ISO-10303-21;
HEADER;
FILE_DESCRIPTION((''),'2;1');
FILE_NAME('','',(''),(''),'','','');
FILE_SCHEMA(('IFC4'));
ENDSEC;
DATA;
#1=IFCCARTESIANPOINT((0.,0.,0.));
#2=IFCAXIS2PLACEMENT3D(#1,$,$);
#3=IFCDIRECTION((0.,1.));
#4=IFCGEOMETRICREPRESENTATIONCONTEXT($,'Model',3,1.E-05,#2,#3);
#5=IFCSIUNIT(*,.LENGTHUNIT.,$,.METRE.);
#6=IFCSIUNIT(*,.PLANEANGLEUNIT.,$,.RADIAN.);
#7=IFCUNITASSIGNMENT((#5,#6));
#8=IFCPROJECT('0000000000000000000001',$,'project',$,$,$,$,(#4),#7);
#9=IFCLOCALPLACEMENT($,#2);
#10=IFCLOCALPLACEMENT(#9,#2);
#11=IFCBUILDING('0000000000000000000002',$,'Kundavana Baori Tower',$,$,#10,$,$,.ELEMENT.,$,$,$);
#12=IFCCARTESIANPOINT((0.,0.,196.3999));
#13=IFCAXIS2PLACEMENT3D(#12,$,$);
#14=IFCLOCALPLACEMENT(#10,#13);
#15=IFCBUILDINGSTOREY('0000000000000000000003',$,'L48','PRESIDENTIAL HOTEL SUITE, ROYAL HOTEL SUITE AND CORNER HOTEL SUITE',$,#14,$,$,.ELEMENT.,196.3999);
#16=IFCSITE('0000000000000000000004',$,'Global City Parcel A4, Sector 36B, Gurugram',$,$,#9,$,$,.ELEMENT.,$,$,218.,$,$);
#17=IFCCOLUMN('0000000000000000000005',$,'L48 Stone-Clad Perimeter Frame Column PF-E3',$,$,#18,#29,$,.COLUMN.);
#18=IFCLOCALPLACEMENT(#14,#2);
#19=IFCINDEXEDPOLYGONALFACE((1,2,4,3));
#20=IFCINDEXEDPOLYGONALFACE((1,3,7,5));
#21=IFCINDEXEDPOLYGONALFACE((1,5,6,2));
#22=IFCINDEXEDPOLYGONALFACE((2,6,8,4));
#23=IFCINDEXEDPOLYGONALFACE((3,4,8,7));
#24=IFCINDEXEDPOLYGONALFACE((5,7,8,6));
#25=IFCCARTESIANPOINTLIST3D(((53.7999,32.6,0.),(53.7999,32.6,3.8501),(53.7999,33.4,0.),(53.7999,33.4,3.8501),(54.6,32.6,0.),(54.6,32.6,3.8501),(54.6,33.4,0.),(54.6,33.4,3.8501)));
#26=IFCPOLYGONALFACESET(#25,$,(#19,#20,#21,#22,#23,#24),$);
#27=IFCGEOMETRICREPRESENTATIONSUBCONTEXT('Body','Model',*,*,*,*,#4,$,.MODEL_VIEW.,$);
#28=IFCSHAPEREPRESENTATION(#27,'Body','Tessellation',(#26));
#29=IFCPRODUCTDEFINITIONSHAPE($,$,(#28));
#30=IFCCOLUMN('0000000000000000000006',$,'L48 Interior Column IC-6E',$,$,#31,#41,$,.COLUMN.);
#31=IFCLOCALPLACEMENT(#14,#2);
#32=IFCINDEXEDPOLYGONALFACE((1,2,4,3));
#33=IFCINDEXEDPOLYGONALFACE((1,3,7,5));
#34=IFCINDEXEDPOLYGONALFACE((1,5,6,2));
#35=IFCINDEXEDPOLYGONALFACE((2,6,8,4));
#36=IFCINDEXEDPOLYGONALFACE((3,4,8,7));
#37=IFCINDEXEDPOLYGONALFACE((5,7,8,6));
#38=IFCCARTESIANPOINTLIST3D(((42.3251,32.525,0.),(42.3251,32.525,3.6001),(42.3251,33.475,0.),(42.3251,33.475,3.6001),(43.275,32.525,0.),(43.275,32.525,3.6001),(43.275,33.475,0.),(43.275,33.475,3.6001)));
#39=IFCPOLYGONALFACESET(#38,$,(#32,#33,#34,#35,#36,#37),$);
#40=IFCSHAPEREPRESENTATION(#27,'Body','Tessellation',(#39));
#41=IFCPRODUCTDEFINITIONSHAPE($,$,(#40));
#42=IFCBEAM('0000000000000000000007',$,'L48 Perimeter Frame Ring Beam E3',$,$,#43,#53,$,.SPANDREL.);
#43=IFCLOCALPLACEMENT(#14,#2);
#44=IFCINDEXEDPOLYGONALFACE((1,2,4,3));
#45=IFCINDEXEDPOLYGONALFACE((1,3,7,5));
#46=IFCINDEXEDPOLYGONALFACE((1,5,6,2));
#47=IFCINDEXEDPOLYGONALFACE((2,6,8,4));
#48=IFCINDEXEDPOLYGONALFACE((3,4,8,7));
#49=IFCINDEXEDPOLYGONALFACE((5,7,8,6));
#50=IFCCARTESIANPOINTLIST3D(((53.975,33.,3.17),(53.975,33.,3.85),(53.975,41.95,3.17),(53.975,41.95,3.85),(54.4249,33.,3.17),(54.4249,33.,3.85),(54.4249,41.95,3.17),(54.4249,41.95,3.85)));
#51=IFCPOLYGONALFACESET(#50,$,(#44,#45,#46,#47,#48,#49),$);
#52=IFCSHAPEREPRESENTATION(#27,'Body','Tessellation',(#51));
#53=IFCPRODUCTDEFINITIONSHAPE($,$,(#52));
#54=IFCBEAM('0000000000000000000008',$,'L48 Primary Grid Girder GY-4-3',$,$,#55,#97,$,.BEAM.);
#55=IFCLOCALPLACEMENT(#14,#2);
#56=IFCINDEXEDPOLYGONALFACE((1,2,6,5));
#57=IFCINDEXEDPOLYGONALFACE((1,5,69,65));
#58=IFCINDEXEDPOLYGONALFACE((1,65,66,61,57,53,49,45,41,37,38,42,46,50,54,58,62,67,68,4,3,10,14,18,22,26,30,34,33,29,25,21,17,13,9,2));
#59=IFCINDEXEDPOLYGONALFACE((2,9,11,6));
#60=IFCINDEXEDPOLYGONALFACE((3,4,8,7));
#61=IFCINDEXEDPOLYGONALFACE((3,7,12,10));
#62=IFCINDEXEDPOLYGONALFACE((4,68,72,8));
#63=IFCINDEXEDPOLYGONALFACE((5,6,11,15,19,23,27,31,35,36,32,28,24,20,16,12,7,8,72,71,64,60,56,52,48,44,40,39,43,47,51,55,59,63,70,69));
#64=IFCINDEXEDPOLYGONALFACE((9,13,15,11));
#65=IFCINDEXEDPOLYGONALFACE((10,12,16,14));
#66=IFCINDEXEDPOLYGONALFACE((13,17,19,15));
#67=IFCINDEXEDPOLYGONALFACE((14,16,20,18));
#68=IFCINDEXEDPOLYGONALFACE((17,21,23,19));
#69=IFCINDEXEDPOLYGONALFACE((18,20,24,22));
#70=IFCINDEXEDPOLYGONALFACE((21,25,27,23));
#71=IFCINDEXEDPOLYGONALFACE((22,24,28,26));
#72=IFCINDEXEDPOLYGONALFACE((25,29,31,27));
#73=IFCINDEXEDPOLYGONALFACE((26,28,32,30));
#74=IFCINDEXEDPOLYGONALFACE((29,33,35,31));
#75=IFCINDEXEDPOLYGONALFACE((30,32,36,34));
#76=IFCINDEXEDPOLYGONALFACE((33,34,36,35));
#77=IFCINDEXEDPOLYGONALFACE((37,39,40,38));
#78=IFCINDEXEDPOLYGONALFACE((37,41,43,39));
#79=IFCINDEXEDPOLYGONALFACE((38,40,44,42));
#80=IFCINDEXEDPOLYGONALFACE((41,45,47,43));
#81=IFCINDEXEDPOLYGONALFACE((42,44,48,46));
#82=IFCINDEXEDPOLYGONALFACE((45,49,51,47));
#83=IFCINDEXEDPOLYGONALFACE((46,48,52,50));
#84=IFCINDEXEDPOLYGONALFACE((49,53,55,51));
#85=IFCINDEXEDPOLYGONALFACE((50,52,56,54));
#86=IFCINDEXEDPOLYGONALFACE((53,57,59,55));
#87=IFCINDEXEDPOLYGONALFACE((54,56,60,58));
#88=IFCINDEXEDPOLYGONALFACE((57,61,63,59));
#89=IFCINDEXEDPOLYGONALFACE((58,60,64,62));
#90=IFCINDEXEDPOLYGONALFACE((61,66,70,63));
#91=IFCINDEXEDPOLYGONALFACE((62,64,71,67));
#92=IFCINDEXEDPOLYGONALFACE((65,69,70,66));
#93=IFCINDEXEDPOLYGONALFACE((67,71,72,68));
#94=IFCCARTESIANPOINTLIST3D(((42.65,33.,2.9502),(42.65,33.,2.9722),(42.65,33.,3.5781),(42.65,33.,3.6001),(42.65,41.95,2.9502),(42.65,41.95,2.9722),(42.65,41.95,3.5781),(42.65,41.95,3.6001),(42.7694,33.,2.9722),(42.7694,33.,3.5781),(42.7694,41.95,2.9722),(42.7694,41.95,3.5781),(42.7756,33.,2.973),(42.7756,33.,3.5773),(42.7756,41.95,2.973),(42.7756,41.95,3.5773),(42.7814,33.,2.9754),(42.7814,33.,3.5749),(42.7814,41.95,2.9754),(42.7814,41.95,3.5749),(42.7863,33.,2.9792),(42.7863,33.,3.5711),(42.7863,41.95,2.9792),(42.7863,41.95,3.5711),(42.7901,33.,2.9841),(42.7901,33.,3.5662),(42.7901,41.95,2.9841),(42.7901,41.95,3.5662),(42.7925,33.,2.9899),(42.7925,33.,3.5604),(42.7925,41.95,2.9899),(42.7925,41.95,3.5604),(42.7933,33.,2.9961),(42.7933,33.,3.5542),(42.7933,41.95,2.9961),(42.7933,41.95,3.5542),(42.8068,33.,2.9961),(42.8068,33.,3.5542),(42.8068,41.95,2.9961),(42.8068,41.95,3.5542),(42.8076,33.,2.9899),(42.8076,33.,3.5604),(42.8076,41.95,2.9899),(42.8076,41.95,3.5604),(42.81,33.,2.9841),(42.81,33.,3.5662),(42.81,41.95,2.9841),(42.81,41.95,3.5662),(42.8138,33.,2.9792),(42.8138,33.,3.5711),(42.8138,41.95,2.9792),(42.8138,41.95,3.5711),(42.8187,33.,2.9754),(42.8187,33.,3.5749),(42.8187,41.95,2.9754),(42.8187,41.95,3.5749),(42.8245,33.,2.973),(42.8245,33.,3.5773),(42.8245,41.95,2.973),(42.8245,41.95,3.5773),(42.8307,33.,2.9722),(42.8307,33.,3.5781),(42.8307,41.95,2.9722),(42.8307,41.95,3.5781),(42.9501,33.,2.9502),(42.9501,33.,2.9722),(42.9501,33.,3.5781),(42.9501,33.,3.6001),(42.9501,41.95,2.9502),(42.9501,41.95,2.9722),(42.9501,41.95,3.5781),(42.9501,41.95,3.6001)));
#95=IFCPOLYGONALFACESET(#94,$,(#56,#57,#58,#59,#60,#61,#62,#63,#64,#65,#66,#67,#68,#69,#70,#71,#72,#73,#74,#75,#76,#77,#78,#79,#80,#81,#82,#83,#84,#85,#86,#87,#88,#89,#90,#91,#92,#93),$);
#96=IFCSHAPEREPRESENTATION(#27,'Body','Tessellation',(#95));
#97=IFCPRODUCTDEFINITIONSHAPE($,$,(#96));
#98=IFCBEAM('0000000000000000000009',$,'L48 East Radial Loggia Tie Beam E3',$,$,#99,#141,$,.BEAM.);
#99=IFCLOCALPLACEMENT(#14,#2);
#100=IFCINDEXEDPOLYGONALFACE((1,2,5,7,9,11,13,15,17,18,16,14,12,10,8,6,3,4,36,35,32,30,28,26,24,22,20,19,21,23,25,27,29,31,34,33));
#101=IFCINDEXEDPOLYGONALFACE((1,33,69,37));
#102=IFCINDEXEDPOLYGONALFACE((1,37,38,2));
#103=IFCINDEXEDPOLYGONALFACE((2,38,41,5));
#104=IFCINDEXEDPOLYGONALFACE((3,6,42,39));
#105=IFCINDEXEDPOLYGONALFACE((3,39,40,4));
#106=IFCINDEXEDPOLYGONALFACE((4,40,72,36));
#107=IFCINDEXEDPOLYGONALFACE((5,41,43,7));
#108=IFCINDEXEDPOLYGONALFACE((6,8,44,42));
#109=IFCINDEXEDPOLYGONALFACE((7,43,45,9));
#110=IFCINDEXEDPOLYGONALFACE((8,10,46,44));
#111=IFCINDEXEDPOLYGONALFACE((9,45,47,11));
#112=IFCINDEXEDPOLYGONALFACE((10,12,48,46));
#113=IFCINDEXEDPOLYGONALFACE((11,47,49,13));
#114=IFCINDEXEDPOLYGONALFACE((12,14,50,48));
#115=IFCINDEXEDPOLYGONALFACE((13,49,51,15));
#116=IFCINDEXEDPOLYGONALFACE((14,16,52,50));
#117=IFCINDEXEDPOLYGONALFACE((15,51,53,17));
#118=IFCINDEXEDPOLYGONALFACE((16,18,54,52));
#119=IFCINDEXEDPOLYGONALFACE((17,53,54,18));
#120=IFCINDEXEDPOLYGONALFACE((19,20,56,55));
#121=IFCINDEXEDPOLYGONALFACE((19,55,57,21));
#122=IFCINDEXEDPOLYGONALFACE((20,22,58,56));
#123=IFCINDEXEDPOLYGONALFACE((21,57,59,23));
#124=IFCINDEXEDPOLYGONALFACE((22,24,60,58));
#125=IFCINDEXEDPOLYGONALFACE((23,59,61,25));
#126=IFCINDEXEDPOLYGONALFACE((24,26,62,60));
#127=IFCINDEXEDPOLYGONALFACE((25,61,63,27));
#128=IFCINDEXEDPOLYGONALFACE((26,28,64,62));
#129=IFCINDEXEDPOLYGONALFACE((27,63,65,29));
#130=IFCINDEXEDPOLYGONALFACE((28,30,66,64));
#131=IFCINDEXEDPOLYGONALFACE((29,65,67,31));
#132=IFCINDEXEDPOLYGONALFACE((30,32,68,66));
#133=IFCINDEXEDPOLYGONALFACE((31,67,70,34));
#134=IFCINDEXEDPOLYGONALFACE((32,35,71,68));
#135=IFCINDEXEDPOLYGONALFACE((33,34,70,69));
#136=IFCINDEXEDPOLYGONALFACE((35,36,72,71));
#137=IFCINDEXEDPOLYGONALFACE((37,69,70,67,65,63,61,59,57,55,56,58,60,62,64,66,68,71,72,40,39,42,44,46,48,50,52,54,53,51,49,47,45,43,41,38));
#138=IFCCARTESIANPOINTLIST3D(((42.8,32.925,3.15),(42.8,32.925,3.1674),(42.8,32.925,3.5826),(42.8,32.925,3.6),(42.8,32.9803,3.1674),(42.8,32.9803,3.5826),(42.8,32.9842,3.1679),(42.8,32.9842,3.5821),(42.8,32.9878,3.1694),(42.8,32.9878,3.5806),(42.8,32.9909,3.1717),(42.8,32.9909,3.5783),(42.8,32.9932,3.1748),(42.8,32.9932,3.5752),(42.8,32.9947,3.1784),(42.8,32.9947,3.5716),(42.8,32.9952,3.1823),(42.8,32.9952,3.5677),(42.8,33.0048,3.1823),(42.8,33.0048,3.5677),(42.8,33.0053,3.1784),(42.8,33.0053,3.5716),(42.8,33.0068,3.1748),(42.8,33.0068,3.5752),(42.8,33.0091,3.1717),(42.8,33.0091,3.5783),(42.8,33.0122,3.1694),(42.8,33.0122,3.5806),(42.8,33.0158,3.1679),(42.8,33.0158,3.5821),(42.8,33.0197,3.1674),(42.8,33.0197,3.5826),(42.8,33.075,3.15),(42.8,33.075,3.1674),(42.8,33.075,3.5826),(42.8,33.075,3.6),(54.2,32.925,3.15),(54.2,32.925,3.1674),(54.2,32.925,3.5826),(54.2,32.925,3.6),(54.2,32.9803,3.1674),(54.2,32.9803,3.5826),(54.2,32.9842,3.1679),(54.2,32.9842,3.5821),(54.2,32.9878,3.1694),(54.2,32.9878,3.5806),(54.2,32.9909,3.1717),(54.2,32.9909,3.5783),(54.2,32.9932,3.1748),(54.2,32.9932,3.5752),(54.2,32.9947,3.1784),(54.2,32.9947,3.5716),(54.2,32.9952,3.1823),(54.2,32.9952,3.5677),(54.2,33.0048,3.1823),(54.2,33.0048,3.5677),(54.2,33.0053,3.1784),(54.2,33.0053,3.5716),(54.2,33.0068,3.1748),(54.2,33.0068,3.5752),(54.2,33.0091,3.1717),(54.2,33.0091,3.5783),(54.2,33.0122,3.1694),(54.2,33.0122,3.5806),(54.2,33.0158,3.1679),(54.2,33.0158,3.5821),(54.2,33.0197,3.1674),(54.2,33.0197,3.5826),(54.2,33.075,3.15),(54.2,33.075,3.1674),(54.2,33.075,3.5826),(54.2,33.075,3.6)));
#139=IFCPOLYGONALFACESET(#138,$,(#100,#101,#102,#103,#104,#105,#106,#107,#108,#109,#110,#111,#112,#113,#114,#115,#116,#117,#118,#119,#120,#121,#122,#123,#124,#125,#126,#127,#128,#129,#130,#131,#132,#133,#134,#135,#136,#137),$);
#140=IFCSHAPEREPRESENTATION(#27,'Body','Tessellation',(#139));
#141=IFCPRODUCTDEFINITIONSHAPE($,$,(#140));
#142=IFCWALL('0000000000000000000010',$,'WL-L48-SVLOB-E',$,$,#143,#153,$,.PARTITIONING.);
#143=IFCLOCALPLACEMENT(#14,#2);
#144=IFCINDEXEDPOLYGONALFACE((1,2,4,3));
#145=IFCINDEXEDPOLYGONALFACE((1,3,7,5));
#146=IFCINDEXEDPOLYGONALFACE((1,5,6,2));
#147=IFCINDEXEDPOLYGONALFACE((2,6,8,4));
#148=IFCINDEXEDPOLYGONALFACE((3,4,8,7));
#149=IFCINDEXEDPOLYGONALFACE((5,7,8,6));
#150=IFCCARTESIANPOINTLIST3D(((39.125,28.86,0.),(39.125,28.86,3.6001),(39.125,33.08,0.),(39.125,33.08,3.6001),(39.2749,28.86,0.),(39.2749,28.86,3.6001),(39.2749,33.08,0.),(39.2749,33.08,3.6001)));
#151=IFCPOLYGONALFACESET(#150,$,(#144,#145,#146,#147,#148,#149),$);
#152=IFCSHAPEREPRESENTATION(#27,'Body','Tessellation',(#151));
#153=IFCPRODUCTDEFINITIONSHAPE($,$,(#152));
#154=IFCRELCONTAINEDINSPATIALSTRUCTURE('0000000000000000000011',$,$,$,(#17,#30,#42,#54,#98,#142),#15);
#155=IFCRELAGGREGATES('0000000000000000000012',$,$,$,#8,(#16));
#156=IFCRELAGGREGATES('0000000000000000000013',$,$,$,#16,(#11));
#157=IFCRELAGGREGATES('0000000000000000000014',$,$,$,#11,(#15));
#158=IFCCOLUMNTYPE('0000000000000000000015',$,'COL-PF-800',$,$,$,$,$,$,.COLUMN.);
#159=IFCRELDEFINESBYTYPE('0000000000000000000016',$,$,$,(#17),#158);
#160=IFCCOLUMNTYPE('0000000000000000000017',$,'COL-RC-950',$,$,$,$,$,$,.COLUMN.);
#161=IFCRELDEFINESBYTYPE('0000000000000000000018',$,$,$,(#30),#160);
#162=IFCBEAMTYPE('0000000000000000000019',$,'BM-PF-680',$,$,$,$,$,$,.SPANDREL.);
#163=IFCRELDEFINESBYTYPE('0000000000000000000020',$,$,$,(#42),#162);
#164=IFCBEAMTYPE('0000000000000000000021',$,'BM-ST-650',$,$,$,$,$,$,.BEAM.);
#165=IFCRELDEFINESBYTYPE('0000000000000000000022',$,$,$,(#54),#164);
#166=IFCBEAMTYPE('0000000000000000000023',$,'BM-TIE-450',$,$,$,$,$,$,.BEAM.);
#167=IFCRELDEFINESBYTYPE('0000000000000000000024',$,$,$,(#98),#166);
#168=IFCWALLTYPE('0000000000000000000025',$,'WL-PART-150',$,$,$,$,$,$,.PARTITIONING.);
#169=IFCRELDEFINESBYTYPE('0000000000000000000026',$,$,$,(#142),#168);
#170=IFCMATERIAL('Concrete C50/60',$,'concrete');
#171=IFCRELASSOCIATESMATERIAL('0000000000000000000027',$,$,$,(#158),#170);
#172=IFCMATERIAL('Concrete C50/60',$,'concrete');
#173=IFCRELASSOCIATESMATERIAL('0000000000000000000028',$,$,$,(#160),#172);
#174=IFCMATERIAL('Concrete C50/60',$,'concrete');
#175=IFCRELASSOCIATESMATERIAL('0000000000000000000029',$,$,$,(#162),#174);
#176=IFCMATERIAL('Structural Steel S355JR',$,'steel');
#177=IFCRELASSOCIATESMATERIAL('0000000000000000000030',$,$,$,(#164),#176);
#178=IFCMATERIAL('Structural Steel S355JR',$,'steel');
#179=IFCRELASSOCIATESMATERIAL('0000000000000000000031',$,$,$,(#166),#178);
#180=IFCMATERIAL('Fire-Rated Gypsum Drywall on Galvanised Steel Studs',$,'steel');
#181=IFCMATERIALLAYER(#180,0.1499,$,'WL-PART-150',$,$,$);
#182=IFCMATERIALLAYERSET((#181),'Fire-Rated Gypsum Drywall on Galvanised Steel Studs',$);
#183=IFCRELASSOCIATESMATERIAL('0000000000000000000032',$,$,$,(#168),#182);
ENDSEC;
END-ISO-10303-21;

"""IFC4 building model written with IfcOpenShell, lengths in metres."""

from ifc_helpers import new_model, si_unit, direction, frame, frame_2d, origin, origin_2d, place, context, subcontext, project, spatial, rectangle, i_section, extrude, material, layer, layer_set, material_profile, profile_set, type_object, element, save


model = new_model("IFC4")

# Units and contexts
model_context = context("Model", 3, precision=1e-05, world=origin(), true_north=direction((0.0, 1.0)))
body_context = subcontext(model_context, "Body", "Model", "MODEL_VIEW")
ifc_project = project(units=[si_unit("LENGTHUNIT", "METRE"), si_unit("PLANEANGLEUNIT", "RADIAN")], contexts=[model_context])

# Site, building, storey
site_placement = place(None, origin())
site = spatial("IfcSite", under=ifc_project, at=site_placement, Name="Global City Parcel A4, Sector 36B, Gurugram", CompositionType="ELEMENT", RefElevation=218.0)
building_placement = place(site_placement, origin())
building = spatial("IfcBuilding", under=site, at=building_placement, Name="Kundavana Baori Tower", CompositionType="ELEMENT")
storey_placement = place(building_placement, frame((0.0, 0.0, 196.3999)))
storey = spatial("IfcBuildingStorey", under=building, at=storey_placement, Name="L48", Description="PRESIDENTIAL HOTEL SUITE, ROYAL HOTEL SUITE AND CORNER HOTEL SUITE", CompositionType="ELEMENT", Elevation=196.3999)

# Columns
ifc_material_1 = material(Name="Concrete C50/60", Category="concrete")
ifc_material_profile_1 = material_profile(ifc_material_1, rectangle(XDim=0.8, YDim=0.8, at=origin_2d()), Name="RC PF 800x800")
ifc_profile_set_1 = profile_set([ifc_material_profile_1], Name="Concrete C50/60")
column_type_1 = type_object("IfcColumnType", Name="COL-PF-800", PredefinedType="COLUMN", material=ifc_profile_set_1)
column_1_placement = place(storey_placement, frame((54.2, 33.0, 0.0), z_axis=(0.0, 0.0, 1.0), x_axis=(1.0, 0.0, 0.0)))
element("IfcColumn", 1, at=column_1_placement, inside=storey, type_object=column_type_1, Name="L48 Stone-Clad Perimeter Frame Column PF-E3", PredefinedType="COLUMN", context=body_context, shape_type="SweptSolid", body=[
    extrude(rectangle(XDim=0.8, YDim=0.8, at=origin_2d()), origin(), (0.0, 0.0, 1.0), 3.8501),
])
ifc_material_2 = material(Name="Concrete C50/60", Category="concrete")
ifc_material_profile_2 = material_profile(ifc_material_2, rectangle(XDim=0.95, YDim=0.95, at=origin_2d()), Name="RC 950x950")
ifc_profile_set_2 = profile_set([ifc_material_profile_2], Name="Concrete C50/60")
column_type_2 = type_object("IfcColumnType", Name="COL-RC-950", PredefinedType="COLUMN", material=ifc_profile_set_2)
column_2_placement = place(storey_placement, frame((42.8, 33.0, 0.0), z_axis=(0.0, 0.0, 1.0), x_axis=(1.0, 0.0, 0.0)))
element("IfcColumn", 2, at=column_2_placement, inside=storey, type_object=column_type_2, Name="L48 Interior Column IC-6E", PredefinedType="COLUMN", context=body_context, shape_type="SweptSolid", body=[
    extrude(rectangle(XDim=0.95, YDim=0.95, at=origin_2d()), origin(), (0.0, 0.0, 1.0), 3.6001),
])

# Beams
ifc_material_3 = material(Name="Concrete C50/60", Category="concrete")
ifc_material_profile_3 = material_profile(ifc_material_3, rectangle(XDim=0.45, YDim=0.6799, at=origin_2d()), Name="RC BM 450x680")
ifc_profile_set_3 = profile_set([ifc_material_profile_3], Name="Concrete C50/60")
beam_type_1 = type_object("IfcBeamType", Name="BM-PF-680", PredefinedType="SPANDREL", material=ifc_profile_set_3)
beam_1_placement = place(storey_placement, frame((54.2, 33.0, 3.51), z_axis=(0.0, 1.0, 0.0), x_axis=(-1.0, 0.0, 0.0)))
element("IfcBeam", 3, at=beam_1_placement, inside=storey, type_object=beam_type_1, Name="L48 Perimeter Frame Ring Beam E3", PredefinedType="SPANDREL", context=body_context, shape_type="SweptSolid", body=[
    extrude(rectangle(XDim=0.45, YDim=0.6799, at=origin_2d()), origin(), (0.0, 0.0, 1.0), 8.95),
])
ifc_material_4 = material(Name="Structural Steel S355JR", Category="steel")
ifc_material_profile_4 = material_profile(ifc_material_4, i_section(OverallWidth=0.3, OverallDepth=0.6499, WebThickness=0.0134, FlangeThickness=0.022, FilletRadius=0.0239, at=origin_2d()), Name="NPB 650x300x155")
ifc_profile_set_4 = profile_set([ifc_material_profile_4], Name="Structural Steel S355JR")
beam_type_2 = type_object("IfcBeamType", Name="BM-ST-650", PredefinedType="BEAM", material=ifc_profile_set_4)
beam_2_placement = place(storey_placement, frame((42.8, 33.0, 3.2751), z_axis=(0.0, 1.0, 0.0), x_axis=(-1.0, 0.0, 0.0)))
element("IfcBeam", 4, at=beam_2_placement, inside=storey, type_object=beam_type_2, Name="L48 Primary Grid Girder GY-4-3", PredefinedType="BEAM", context=body_context, shape_type="SweptSolid", body=[
    extrude(i_section(OverallWidth=0.3, OverallDepth=0.6499, WebThickness=0.0134, FlangeThickness=0.022, FilletRadius=0.0239, at=origin_2d()), origin(), (0.0, 0.0, 1.0), 8.95),
])
ifc_material_5 = material(Name="Structural Steel S355JR", Category="steel")
ifc_material_profile_5 = material_profile(ifc_material_5, i_section(OverallWidth=0.1499, OverallDepth=0.45, WebThickness=0.0095, FlangeThickness=0.0173, FilletRadius=0.0149, at=origin_2d()), Name="ISMB 450")
ifc_profile_set_5 = profile_set([ifc_material_profile_5], Name="Structural Steel S355JR")
beam_type_3 = type_object("IfcBeamType", Name="BM-TIE-450", PredefinedType="BEAM", material=ifc_profile_set_5)
beam_3_placement = place(storey_placement, frame((42.8, 33.0, 3.375), z_axis=(1.0, 0.0, 0.0), x_axis=(0.0, 1.0, 0.0)))
element("IfcBeam", 5, at=beam_3_placement, inside=storey, type_object=beam_type_3, Name="L48 East Radial Loggia Tie Beam E3", PredefinedType="BEAM", context=body_context, shape_type="SweptSolid", body=[
    extrude(i_section(OverallWidth=0.1499, OverallDepth=0.45, WebThickness=0.0095, FlangeThickness=0.0173, FilletRadius=0.0149, at=origin_2d()), origin(), (0.0, 0.0, 1.0), 11.3999),
])

# Wall
ifc_material_6 = material(Name="Fire-Rated Gypsum Drywall on Galvanised Steel Studs", Category="steel")
ifc_layer_1 = layer(ifc_material_6, 0.1499, Name="WL-PART-150")
ifc_layer_set_1 = layer_set([ifc_layer_1], Name="Fire-Rated Gypsum Drywall on Galvanised Steel Studs")
wall_type_1 = type_object("IfcWallType", Name="WL-PART-150", PredefinedType="PARTITIONING", material=ifc_layer_set_1)
wall_1_placement = place(storey_placement, frame((39.2, 28.8601, 0.0), z_axis=(0.0, 0.0, 1.0), x_axis=(0.0, 1.0, 0.0)))
element("IfcWall", 6, at=wall_1_placement, inside=storey, type_object=wall_type_1, Name="WL-L48-SVLOB-E", PredefinedType="PARTITIONING", context=body_context, shape_type="SweptSolid", body=[
    extrude(rectangle(XDim=4.22, YDim=0.1499, at=frame_2d((2.1099, 0.0))), origin(), (0.0, 0.0, 1.0), 3.6001),
])

save(model, "model.ifc")
